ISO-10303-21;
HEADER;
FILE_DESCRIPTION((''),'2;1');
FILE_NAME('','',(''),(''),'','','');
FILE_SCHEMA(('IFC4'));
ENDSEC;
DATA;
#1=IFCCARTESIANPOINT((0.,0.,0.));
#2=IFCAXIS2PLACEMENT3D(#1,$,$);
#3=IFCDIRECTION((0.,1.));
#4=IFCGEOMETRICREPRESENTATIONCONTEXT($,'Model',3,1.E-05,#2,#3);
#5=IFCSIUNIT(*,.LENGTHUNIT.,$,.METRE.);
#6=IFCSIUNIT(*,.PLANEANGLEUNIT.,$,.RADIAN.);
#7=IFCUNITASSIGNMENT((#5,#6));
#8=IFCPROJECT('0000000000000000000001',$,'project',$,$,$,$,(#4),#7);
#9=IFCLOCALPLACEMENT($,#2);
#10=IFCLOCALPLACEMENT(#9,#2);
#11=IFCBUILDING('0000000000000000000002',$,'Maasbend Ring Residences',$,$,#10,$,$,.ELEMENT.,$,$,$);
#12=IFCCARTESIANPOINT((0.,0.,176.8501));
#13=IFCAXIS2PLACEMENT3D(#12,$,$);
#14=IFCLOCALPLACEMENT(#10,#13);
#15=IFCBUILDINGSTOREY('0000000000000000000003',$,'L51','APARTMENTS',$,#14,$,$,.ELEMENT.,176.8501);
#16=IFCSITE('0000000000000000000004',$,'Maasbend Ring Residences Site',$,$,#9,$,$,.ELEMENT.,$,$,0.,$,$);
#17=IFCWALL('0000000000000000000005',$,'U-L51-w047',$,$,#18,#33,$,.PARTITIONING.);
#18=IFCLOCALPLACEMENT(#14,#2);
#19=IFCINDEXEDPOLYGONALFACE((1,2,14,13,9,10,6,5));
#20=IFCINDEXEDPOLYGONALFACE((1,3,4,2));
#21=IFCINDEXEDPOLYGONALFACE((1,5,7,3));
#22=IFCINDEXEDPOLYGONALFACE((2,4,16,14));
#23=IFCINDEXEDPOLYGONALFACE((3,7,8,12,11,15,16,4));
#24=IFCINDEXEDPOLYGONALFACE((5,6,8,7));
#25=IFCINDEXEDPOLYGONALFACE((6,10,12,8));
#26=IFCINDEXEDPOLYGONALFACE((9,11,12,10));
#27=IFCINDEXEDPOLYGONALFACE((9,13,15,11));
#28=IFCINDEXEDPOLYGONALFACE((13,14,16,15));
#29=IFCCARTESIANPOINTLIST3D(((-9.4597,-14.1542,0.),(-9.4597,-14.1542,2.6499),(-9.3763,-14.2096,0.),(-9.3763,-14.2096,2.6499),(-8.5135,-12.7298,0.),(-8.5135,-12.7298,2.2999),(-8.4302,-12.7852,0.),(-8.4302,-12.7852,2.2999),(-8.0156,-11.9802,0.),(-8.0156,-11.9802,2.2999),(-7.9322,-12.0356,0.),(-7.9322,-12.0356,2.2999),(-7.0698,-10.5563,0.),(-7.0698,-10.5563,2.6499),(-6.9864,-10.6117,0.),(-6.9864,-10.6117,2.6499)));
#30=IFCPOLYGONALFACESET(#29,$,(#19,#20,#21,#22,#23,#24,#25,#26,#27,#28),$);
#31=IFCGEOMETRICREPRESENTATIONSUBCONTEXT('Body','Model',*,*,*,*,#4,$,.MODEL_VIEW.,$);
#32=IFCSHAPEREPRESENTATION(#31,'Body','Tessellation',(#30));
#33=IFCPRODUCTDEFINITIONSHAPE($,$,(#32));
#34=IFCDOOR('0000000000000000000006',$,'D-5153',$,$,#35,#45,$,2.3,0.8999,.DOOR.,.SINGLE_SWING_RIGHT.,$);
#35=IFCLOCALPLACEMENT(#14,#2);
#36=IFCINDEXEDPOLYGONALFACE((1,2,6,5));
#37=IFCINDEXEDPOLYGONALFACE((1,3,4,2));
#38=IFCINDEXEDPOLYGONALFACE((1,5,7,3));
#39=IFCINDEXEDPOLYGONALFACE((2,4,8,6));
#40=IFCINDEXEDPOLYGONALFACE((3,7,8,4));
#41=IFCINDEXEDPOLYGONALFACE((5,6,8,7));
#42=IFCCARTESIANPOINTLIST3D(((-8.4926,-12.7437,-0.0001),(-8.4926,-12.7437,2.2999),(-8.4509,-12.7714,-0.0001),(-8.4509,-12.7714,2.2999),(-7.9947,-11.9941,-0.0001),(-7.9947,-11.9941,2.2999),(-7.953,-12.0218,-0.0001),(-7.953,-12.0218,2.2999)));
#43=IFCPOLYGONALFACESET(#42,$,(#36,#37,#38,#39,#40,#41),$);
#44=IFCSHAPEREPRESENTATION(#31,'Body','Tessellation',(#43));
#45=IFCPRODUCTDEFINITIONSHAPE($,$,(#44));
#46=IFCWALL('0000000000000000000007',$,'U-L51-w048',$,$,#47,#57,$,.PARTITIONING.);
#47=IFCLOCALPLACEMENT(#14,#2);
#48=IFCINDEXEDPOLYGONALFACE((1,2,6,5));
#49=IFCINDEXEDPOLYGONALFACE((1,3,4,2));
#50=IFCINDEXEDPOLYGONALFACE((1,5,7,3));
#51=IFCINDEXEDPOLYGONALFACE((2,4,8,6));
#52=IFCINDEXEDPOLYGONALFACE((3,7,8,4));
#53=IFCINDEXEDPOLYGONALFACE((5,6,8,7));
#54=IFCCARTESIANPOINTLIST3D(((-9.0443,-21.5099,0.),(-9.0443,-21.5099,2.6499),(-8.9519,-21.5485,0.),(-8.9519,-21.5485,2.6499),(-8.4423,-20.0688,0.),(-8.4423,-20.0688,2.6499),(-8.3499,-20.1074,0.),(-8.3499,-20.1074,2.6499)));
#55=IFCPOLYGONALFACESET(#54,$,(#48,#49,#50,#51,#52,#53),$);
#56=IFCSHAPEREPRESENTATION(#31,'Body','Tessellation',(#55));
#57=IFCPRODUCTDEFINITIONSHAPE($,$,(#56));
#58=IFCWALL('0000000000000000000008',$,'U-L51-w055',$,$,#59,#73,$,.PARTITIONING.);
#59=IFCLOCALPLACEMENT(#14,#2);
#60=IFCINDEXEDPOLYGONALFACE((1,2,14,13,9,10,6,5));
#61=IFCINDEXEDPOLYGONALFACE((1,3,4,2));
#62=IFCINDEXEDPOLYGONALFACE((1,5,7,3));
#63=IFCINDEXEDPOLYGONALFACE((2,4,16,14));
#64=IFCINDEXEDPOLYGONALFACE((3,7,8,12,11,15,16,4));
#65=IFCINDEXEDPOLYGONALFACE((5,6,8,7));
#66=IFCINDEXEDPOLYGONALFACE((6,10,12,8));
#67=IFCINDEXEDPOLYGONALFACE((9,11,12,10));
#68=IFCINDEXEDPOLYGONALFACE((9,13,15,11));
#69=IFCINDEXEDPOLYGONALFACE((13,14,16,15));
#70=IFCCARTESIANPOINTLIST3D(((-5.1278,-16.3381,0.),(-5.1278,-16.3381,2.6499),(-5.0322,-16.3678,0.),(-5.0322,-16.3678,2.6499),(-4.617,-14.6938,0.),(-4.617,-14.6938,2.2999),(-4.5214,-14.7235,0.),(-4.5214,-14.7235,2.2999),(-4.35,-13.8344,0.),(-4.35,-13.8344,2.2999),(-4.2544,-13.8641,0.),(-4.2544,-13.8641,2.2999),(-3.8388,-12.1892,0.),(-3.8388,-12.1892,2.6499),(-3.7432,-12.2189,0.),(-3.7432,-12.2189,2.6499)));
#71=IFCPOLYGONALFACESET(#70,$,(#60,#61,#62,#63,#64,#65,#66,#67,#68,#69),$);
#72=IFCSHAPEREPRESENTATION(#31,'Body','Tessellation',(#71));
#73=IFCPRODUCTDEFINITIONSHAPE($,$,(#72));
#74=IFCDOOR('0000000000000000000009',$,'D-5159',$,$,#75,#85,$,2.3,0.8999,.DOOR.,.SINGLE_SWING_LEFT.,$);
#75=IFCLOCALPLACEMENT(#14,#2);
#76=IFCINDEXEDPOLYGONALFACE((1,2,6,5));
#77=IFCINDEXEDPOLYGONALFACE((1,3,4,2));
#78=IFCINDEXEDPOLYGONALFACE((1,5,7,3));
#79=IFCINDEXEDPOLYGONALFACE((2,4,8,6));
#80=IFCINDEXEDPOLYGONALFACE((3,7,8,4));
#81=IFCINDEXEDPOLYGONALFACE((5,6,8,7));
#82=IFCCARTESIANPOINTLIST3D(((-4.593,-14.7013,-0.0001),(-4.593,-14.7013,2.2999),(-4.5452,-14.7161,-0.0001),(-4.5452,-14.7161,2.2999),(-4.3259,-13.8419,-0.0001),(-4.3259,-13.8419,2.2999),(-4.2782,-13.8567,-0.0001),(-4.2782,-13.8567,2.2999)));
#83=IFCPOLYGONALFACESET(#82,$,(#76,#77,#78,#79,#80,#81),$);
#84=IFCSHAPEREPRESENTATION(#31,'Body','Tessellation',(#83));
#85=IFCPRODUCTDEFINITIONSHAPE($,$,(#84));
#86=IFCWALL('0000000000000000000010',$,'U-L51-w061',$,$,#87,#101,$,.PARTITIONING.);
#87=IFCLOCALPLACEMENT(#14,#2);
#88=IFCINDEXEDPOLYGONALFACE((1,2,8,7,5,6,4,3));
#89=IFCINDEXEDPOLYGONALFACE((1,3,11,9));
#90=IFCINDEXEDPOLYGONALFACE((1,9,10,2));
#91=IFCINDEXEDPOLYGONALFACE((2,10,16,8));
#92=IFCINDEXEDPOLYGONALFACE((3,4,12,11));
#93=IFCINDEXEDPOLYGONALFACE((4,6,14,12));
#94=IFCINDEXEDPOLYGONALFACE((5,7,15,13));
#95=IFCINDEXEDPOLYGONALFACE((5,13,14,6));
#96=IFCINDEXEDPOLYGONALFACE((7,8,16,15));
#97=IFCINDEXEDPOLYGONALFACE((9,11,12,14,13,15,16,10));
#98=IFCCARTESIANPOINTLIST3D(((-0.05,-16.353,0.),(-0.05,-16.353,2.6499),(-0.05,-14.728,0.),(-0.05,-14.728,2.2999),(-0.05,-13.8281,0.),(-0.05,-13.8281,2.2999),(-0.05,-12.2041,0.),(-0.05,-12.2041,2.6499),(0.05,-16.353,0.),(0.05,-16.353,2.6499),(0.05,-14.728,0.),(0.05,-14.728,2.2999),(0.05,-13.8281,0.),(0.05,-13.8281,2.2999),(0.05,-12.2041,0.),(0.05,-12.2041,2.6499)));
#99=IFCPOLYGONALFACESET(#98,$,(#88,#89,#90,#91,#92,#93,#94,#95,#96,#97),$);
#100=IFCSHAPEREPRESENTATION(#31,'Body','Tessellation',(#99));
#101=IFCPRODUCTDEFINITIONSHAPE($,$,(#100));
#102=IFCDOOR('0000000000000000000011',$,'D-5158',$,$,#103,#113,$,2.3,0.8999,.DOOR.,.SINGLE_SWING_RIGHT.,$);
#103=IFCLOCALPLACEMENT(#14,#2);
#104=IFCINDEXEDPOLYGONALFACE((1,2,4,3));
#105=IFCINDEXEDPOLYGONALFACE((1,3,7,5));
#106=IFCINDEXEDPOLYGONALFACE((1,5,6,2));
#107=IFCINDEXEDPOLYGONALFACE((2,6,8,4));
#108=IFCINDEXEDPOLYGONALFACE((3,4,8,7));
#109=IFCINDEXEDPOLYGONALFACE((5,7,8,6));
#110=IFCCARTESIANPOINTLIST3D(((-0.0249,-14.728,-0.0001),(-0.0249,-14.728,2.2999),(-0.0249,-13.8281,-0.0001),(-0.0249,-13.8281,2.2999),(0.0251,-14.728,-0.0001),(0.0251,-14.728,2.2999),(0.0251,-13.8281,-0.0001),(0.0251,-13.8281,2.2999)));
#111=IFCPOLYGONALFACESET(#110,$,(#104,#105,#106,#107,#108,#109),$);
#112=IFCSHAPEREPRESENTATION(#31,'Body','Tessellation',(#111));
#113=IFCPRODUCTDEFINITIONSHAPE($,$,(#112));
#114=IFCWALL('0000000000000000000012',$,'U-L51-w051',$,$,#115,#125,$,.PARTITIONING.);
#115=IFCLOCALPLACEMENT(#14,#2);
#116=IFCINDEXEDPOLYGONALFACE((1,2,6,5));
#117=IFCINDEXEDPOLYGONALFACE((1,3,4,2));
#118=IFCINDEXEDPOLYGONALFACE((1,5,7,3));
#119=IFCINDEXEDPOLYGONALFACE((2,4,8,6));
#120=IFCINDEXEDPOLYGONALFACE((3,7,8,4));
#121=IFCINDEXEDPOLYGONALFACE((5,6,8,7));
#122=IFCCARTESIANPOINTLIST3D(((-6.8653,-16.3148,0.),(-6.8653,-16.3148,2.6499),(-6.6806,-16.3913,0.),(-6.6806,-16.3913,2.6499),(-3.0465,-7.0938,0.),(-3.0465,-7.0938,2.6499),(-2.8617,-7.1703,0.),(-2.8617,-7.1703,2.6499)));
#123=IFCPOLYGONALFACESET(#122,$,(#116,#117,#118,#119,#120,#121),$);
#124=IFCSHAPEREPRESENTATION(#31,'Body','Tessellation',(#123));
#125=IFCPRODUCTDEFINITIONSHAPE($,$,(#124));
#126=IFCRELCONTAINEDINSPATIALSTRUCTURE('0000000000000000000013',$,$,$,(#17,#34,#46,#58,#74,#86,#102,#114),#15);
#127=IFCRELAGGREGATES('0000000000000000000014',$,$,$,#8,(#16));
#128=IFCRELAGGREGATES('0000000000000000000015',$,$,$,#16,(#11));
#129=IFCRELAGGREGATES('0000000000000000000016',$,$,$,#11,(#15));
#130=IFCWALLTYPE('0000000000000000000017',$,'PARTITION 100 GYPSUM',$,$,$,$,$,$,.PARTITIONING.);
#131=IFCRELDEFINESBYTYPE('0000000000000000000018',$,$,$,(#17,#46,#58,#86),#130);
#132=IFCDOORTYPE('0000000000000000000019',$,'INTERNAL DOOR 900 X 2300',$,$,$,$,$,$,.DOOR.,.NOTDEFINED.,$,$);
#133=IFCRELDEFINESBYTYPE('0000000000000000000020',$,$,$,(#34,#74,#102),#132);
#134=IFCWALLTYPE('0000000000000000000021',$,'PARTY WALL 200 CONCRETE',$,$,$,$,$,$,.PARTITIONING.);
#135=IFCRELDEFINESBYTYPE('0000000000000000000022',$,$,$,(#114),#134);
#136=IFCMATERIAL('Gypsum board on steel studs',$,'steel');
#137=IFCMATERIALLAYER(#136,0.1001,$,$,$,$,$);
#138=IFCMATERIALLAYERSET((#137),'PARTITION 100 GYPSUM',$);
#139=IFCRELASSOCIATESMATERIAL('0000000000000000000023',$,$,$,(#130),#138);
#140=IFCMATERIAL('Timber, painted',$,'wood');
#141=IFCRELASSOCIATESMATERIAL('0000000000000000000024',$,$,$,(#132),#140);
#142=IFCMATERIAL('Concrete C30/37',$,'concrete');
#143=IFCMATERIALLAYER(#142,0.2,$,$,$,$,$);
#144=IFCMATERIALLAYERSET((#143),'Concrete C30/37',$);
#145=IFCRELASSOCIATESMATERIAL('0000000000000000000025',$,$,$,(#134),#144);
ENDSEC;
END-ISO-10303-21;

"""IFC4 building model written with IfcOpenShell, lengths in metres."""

from ifc_helpers import new_model, si_unit, direction, frame, frame_2d, origin, place, context, subcontext, project, spatial, rectangle, extrude, material, layer, layer_set, type_object, element, fill, save


model = new_model("IFC4")

# Units and contexts
model_context = context("Model", 3, precision=1e-05, world=origin(), true_north=direction((0.0, 1.0)))
body_context = subcontext(model_context, "Body", "Model", "MODEL_VIEW")
ifc_project = project(units=[si_unit("LENGTHUNIT", "METRE"), si_unit("PLANEANGLEUNIT", "RADIAN")], contexts=[model_context])

# Site, building, storey
site_placement = place(None, origin())
site = spatial("IfcSite", under=ifc_project, at=site_placement, Name="Maasbend Ring Residences Site", CompositionType="ELEMENT", RefElevation=0.0)
building_placement = place(site_placement, origin())
building = spatial("IfcBuilding", under=site, at=building_placement, Name="Maasbend Ring Residences", CompositionType="ELEMENT")
storey_placement = place(building_placement, frame((0.0, 0.0, 176.8501)))
storey = spatial("IfcBuildingStorey", under=building, at=storey_placement, Name="L51", Description="APARTMENTS", CompositionType="ELEMENT", Elevation=176.8501)

# Shared definitions
ifc_material_1 = material(Name="Gypsum board on steel studs", Category="steel")
ifc_layer_1 = layer(ifc_material_1, 0.1001)
ifc_layer_set_1 = layer_set([ifc_layer_1], Name="PARTITION 100 GYPSUM")
wall_type_1 = type_object("IfcWallType", Name="PARTITION 100 GYPSUM", PredefinedType="PARTITIONING", material=ifc_layer_set_1)
ifc_material_2 = material(Name="Timber, painted", Category="wood")
door_type_1 = type_object("IfcDoorType", Name="INTERNAL DOOR 900 X 2300", OperationType="NOTDEFINED", PredefinedType="DOOR", material=ifc_material_2)

# Wall, opening, door
wall_1_placement = place(storey_placement, frame((-9.418, -14.1819, 0.0), z_axis=(0.0, 0.0, 1.0), x_axis=(0.553304, 0.83298, 0.0)))
wall_1 = element("IfcWall", 1, at=wall_1_placement, inside=storey, type_object=wall_type_1, Name="U-L51-w047", PredefinedType="PARTITIONING", context=body_context, shape_type="SweptSolid", body=[
    extrude(rectangle(XDim=4.3193, YDim=0.1001, at=frame_2d((2.1597, 0.0))), origin(), (0.0, 0.0, 1.0), 2.6499),
])
opening_1_placement = place(wall_1_placement, frame((1.71, 0.0, 0.0)))
opening_1 = element("IfcOpeningElement", 2, at=opening_1_placement, cuts=wall_1, PredefinedType="OPENING", context=body_context, shape_type="SweptSolid", body=[
    extrude(rectangle(XDim=0.8999, YDim=2.3, at=frame_2d((0.45, 1.1499))), frame((0.0, 0.0601, 0.0), z_axis=(0.0, -1.0, 0.0), x_axis=(1.0, 0.0, 0.0)), (0.0, 0.0, 1.0), 0.1201),
])
door_1_placement = place(opening_1_placement, origin())
door_1 = element("IfcDoor", 3, at=door_1_placement, inside=storey, type_object=door_type_1, Name="D-5153", OperationType="SINGLE_SWING_RIGHT", OverallHeight=2.3, OverallWidth=0.8999, PredefinedType="DOOR", context=body_context, shape_type="SweptSolid", body=[
    extrude(rectangle(XDim=0.8999, YDim=2.3, at=frame_2d((0.45, 1.1499))), frame((0.0, 0.0249, 0.0), z_axis=(0.0, -1.0, 0.0), x_axis=(1.0, 0.0, 0.0)), (0.0, 0.0, 1.0), 0.05),
])
fill(opening_1, door_1)

# Wall
wall_2_placement = place(storey_placement, frame((-8.998, -21.5291, 0.0), z_axis=(0.0, 0.0, 1.0), x_axis=(0.38547, 0.92272, 0.0)))
element("IfcWall", 4, at=wall_2_placement, inside=storey, type_object=wall_type_1, Name="U-L51-w048", PredefinedType="PARTITIONING", context=body_context, shape_type="SweptSolid", body=[
    extrude(rectangle(XDim=1.5618, YDim=0.1001, at=frame_2d((0.7808, 0.0))), origin(), (0.0, 0.0, 1.0), 2.6499),
])

# Walls, openings, doors
wall_3_placement = place(storey_placement, frame((-5.0801, -16.353, 0.0), z_axis=(0.0, 0.0, 1.0), x_axis=(0.296707, 0.954969, 0.0)))
wall_3 = element("IfcWall", 5, at=wall_3_placement, inside=storey, type_object=wall_type_1, Name="U-L51-w055", PredefinedType="PARTITIONING", context=body_context, shape_type="SweptSolid", body=[
    extrude(rectangle(XDim=4.3445, YDim=0.1001, at=frame_2d((2.1724, 0.0))), origin(), (0.0, 0.0, 1.0), 2.6499),
])
opening_2_placement = place(wall_3_placement, frame((1.7219, 0.0, 0.0)))
opening_2 = element("IfcOpeningElement", 6, at=opening_2_placement, cuts=wall_3, PredefinedType="OPENING", context=body_context, shape_type="SweptSolid", body=[
    extrude(rectangle(XDim=0.8999, YDim=2.3, at=frame_2d((0.45, 1.1499))), frame((0.0, 0.0601, 0.0), z_axis=(0.0, -1.0, 0.0), x_axis=(1.0, 0.0, 0.0)), (0.0, 0.0, 1.0), 0.1201),
])
door_2_placement = place(opening_2_placement, origin())
door_2 = element("IfcDoor", 7, at=door_2_placement, inside=storey, type_object=door_type_1, Name="D-5159", OperationType="SINGLE_SWING_LEFT", OverallHeight=2.3, OverallWidth=0.8999, PredefinedType="DOOR", context=body_context, shape_type="SweptSolid", body=[
    extrude(rectangle(XDim=0.8999, YDim=2.3, at=frame_2d((0.45, 1.1499))), frame((0.0, 0.0249, 0.0), z_axis=(0.0, -1.0, 0.0), x_axis=(1.0, 0.0, 0.0)), (0.0, 0.0, 1.0), 0.05),
])
fill(opening_2, door_2)
wall_4_placement = place(storey_placement, frame((0.0, -16.353, 0.0), z_axis=(0.0, 0.0, 1.0), x_axis=(0.0, 1.0, 0.0)))
wall_4 = element("IfcWall", 8, at=wall_4_placement, inside=storey, type_object=wall_type_1, Name="U-L51-w061", PredefinedType="PARTITIONING", context=body_context, shape_type="SweptSolid", body=[
    extrude(rectangle(XDim=4.1489, YDim=0.1001, at=frame_2d((2.0745, 0.0))), origin(), (0.0, 0.0, 1.0), 2.6499),
])
opening_3_placement = place(wall_4_placement, frame((1.625, 0.0, 0.0)))
opening_3 = element("IfcOpeningElement", 9, at=opening_3_placement, cuts=wall_4, PredefinedType="OPENING", context=body_context, shape_type="SweptSolid", body=[
    extrude(rectangle(XDim=0.8999, YDim=2.3, at=frame_2d((0.45, 1.1499))), frame((0.0, 0.0601, 0.0), z_axis=(0.0, -1.0, 0.0), x_axis=(1.0, 0.0, 0.0)), (0.0, 0.0, 1.0), 0.1201),
])
door_3_placement = place(opening_3_placement, origin())
door_3 = element("IfcDoor", 10, at=door_3_placement, inside=storey, type_object=door_type_1, Name="D-5158", OperationType="SINGLE_SWING_RIGHT", OverallHeight=2.3, OverallWidth=0.8999, PredefinedType="DOOR", context=body_context, shape_type="SweptSolid", body=[
    extrude(rectangle(XDim=0.8999, YDim=2.3, at=frame_2d((0.45, 1.1499))), frame((0.0, 0.0249, 0.0), z_axis=(0.0, -1.0, 0.0), x_axis=(1.0, 0.0, 0.0)), (0.0, 0.0, 1.0), 0.05),
])
fill(opening_3, door_3)

# Wall
ifc_material_3 = material(Name="Concrete C30/37", Category="concrete")
ifc_layer_2 = layer(ifc_material_3, 0.2)
ifc_layer_set_2 = layer_set([ifc_layer_2], Name="Concrete C30/37")
wall_type_2 = type_object("IfcWallType", Name="PARTY WALL 200 CONCRETE", PredefinedType="PARTITIONING", material=ifc_layer_set_2)
wall_5_placement = place(storey_placement, frame((-6.7729, -16.353, 0.0), z_axis=(0.0, 0.0, 1.0), x_axis=(0.382633, 0.923901, 0.0)))
element("IfcWall", 11, at=wall_5_placement, inside=storey, type_object=wall_type_2, Name="U-L51-w051", PredefinedType="PARTITIONING", context=body_context, shape_type="SweptSolid", body=[
    extrude(rectangle(XDim=9.9805, YDim=0.2, at=frame_2d((4.9902, 0.0))), origin(), (0.0, 0.0, 1.0), 2.6499),
])

save(model, "model.ifc")
